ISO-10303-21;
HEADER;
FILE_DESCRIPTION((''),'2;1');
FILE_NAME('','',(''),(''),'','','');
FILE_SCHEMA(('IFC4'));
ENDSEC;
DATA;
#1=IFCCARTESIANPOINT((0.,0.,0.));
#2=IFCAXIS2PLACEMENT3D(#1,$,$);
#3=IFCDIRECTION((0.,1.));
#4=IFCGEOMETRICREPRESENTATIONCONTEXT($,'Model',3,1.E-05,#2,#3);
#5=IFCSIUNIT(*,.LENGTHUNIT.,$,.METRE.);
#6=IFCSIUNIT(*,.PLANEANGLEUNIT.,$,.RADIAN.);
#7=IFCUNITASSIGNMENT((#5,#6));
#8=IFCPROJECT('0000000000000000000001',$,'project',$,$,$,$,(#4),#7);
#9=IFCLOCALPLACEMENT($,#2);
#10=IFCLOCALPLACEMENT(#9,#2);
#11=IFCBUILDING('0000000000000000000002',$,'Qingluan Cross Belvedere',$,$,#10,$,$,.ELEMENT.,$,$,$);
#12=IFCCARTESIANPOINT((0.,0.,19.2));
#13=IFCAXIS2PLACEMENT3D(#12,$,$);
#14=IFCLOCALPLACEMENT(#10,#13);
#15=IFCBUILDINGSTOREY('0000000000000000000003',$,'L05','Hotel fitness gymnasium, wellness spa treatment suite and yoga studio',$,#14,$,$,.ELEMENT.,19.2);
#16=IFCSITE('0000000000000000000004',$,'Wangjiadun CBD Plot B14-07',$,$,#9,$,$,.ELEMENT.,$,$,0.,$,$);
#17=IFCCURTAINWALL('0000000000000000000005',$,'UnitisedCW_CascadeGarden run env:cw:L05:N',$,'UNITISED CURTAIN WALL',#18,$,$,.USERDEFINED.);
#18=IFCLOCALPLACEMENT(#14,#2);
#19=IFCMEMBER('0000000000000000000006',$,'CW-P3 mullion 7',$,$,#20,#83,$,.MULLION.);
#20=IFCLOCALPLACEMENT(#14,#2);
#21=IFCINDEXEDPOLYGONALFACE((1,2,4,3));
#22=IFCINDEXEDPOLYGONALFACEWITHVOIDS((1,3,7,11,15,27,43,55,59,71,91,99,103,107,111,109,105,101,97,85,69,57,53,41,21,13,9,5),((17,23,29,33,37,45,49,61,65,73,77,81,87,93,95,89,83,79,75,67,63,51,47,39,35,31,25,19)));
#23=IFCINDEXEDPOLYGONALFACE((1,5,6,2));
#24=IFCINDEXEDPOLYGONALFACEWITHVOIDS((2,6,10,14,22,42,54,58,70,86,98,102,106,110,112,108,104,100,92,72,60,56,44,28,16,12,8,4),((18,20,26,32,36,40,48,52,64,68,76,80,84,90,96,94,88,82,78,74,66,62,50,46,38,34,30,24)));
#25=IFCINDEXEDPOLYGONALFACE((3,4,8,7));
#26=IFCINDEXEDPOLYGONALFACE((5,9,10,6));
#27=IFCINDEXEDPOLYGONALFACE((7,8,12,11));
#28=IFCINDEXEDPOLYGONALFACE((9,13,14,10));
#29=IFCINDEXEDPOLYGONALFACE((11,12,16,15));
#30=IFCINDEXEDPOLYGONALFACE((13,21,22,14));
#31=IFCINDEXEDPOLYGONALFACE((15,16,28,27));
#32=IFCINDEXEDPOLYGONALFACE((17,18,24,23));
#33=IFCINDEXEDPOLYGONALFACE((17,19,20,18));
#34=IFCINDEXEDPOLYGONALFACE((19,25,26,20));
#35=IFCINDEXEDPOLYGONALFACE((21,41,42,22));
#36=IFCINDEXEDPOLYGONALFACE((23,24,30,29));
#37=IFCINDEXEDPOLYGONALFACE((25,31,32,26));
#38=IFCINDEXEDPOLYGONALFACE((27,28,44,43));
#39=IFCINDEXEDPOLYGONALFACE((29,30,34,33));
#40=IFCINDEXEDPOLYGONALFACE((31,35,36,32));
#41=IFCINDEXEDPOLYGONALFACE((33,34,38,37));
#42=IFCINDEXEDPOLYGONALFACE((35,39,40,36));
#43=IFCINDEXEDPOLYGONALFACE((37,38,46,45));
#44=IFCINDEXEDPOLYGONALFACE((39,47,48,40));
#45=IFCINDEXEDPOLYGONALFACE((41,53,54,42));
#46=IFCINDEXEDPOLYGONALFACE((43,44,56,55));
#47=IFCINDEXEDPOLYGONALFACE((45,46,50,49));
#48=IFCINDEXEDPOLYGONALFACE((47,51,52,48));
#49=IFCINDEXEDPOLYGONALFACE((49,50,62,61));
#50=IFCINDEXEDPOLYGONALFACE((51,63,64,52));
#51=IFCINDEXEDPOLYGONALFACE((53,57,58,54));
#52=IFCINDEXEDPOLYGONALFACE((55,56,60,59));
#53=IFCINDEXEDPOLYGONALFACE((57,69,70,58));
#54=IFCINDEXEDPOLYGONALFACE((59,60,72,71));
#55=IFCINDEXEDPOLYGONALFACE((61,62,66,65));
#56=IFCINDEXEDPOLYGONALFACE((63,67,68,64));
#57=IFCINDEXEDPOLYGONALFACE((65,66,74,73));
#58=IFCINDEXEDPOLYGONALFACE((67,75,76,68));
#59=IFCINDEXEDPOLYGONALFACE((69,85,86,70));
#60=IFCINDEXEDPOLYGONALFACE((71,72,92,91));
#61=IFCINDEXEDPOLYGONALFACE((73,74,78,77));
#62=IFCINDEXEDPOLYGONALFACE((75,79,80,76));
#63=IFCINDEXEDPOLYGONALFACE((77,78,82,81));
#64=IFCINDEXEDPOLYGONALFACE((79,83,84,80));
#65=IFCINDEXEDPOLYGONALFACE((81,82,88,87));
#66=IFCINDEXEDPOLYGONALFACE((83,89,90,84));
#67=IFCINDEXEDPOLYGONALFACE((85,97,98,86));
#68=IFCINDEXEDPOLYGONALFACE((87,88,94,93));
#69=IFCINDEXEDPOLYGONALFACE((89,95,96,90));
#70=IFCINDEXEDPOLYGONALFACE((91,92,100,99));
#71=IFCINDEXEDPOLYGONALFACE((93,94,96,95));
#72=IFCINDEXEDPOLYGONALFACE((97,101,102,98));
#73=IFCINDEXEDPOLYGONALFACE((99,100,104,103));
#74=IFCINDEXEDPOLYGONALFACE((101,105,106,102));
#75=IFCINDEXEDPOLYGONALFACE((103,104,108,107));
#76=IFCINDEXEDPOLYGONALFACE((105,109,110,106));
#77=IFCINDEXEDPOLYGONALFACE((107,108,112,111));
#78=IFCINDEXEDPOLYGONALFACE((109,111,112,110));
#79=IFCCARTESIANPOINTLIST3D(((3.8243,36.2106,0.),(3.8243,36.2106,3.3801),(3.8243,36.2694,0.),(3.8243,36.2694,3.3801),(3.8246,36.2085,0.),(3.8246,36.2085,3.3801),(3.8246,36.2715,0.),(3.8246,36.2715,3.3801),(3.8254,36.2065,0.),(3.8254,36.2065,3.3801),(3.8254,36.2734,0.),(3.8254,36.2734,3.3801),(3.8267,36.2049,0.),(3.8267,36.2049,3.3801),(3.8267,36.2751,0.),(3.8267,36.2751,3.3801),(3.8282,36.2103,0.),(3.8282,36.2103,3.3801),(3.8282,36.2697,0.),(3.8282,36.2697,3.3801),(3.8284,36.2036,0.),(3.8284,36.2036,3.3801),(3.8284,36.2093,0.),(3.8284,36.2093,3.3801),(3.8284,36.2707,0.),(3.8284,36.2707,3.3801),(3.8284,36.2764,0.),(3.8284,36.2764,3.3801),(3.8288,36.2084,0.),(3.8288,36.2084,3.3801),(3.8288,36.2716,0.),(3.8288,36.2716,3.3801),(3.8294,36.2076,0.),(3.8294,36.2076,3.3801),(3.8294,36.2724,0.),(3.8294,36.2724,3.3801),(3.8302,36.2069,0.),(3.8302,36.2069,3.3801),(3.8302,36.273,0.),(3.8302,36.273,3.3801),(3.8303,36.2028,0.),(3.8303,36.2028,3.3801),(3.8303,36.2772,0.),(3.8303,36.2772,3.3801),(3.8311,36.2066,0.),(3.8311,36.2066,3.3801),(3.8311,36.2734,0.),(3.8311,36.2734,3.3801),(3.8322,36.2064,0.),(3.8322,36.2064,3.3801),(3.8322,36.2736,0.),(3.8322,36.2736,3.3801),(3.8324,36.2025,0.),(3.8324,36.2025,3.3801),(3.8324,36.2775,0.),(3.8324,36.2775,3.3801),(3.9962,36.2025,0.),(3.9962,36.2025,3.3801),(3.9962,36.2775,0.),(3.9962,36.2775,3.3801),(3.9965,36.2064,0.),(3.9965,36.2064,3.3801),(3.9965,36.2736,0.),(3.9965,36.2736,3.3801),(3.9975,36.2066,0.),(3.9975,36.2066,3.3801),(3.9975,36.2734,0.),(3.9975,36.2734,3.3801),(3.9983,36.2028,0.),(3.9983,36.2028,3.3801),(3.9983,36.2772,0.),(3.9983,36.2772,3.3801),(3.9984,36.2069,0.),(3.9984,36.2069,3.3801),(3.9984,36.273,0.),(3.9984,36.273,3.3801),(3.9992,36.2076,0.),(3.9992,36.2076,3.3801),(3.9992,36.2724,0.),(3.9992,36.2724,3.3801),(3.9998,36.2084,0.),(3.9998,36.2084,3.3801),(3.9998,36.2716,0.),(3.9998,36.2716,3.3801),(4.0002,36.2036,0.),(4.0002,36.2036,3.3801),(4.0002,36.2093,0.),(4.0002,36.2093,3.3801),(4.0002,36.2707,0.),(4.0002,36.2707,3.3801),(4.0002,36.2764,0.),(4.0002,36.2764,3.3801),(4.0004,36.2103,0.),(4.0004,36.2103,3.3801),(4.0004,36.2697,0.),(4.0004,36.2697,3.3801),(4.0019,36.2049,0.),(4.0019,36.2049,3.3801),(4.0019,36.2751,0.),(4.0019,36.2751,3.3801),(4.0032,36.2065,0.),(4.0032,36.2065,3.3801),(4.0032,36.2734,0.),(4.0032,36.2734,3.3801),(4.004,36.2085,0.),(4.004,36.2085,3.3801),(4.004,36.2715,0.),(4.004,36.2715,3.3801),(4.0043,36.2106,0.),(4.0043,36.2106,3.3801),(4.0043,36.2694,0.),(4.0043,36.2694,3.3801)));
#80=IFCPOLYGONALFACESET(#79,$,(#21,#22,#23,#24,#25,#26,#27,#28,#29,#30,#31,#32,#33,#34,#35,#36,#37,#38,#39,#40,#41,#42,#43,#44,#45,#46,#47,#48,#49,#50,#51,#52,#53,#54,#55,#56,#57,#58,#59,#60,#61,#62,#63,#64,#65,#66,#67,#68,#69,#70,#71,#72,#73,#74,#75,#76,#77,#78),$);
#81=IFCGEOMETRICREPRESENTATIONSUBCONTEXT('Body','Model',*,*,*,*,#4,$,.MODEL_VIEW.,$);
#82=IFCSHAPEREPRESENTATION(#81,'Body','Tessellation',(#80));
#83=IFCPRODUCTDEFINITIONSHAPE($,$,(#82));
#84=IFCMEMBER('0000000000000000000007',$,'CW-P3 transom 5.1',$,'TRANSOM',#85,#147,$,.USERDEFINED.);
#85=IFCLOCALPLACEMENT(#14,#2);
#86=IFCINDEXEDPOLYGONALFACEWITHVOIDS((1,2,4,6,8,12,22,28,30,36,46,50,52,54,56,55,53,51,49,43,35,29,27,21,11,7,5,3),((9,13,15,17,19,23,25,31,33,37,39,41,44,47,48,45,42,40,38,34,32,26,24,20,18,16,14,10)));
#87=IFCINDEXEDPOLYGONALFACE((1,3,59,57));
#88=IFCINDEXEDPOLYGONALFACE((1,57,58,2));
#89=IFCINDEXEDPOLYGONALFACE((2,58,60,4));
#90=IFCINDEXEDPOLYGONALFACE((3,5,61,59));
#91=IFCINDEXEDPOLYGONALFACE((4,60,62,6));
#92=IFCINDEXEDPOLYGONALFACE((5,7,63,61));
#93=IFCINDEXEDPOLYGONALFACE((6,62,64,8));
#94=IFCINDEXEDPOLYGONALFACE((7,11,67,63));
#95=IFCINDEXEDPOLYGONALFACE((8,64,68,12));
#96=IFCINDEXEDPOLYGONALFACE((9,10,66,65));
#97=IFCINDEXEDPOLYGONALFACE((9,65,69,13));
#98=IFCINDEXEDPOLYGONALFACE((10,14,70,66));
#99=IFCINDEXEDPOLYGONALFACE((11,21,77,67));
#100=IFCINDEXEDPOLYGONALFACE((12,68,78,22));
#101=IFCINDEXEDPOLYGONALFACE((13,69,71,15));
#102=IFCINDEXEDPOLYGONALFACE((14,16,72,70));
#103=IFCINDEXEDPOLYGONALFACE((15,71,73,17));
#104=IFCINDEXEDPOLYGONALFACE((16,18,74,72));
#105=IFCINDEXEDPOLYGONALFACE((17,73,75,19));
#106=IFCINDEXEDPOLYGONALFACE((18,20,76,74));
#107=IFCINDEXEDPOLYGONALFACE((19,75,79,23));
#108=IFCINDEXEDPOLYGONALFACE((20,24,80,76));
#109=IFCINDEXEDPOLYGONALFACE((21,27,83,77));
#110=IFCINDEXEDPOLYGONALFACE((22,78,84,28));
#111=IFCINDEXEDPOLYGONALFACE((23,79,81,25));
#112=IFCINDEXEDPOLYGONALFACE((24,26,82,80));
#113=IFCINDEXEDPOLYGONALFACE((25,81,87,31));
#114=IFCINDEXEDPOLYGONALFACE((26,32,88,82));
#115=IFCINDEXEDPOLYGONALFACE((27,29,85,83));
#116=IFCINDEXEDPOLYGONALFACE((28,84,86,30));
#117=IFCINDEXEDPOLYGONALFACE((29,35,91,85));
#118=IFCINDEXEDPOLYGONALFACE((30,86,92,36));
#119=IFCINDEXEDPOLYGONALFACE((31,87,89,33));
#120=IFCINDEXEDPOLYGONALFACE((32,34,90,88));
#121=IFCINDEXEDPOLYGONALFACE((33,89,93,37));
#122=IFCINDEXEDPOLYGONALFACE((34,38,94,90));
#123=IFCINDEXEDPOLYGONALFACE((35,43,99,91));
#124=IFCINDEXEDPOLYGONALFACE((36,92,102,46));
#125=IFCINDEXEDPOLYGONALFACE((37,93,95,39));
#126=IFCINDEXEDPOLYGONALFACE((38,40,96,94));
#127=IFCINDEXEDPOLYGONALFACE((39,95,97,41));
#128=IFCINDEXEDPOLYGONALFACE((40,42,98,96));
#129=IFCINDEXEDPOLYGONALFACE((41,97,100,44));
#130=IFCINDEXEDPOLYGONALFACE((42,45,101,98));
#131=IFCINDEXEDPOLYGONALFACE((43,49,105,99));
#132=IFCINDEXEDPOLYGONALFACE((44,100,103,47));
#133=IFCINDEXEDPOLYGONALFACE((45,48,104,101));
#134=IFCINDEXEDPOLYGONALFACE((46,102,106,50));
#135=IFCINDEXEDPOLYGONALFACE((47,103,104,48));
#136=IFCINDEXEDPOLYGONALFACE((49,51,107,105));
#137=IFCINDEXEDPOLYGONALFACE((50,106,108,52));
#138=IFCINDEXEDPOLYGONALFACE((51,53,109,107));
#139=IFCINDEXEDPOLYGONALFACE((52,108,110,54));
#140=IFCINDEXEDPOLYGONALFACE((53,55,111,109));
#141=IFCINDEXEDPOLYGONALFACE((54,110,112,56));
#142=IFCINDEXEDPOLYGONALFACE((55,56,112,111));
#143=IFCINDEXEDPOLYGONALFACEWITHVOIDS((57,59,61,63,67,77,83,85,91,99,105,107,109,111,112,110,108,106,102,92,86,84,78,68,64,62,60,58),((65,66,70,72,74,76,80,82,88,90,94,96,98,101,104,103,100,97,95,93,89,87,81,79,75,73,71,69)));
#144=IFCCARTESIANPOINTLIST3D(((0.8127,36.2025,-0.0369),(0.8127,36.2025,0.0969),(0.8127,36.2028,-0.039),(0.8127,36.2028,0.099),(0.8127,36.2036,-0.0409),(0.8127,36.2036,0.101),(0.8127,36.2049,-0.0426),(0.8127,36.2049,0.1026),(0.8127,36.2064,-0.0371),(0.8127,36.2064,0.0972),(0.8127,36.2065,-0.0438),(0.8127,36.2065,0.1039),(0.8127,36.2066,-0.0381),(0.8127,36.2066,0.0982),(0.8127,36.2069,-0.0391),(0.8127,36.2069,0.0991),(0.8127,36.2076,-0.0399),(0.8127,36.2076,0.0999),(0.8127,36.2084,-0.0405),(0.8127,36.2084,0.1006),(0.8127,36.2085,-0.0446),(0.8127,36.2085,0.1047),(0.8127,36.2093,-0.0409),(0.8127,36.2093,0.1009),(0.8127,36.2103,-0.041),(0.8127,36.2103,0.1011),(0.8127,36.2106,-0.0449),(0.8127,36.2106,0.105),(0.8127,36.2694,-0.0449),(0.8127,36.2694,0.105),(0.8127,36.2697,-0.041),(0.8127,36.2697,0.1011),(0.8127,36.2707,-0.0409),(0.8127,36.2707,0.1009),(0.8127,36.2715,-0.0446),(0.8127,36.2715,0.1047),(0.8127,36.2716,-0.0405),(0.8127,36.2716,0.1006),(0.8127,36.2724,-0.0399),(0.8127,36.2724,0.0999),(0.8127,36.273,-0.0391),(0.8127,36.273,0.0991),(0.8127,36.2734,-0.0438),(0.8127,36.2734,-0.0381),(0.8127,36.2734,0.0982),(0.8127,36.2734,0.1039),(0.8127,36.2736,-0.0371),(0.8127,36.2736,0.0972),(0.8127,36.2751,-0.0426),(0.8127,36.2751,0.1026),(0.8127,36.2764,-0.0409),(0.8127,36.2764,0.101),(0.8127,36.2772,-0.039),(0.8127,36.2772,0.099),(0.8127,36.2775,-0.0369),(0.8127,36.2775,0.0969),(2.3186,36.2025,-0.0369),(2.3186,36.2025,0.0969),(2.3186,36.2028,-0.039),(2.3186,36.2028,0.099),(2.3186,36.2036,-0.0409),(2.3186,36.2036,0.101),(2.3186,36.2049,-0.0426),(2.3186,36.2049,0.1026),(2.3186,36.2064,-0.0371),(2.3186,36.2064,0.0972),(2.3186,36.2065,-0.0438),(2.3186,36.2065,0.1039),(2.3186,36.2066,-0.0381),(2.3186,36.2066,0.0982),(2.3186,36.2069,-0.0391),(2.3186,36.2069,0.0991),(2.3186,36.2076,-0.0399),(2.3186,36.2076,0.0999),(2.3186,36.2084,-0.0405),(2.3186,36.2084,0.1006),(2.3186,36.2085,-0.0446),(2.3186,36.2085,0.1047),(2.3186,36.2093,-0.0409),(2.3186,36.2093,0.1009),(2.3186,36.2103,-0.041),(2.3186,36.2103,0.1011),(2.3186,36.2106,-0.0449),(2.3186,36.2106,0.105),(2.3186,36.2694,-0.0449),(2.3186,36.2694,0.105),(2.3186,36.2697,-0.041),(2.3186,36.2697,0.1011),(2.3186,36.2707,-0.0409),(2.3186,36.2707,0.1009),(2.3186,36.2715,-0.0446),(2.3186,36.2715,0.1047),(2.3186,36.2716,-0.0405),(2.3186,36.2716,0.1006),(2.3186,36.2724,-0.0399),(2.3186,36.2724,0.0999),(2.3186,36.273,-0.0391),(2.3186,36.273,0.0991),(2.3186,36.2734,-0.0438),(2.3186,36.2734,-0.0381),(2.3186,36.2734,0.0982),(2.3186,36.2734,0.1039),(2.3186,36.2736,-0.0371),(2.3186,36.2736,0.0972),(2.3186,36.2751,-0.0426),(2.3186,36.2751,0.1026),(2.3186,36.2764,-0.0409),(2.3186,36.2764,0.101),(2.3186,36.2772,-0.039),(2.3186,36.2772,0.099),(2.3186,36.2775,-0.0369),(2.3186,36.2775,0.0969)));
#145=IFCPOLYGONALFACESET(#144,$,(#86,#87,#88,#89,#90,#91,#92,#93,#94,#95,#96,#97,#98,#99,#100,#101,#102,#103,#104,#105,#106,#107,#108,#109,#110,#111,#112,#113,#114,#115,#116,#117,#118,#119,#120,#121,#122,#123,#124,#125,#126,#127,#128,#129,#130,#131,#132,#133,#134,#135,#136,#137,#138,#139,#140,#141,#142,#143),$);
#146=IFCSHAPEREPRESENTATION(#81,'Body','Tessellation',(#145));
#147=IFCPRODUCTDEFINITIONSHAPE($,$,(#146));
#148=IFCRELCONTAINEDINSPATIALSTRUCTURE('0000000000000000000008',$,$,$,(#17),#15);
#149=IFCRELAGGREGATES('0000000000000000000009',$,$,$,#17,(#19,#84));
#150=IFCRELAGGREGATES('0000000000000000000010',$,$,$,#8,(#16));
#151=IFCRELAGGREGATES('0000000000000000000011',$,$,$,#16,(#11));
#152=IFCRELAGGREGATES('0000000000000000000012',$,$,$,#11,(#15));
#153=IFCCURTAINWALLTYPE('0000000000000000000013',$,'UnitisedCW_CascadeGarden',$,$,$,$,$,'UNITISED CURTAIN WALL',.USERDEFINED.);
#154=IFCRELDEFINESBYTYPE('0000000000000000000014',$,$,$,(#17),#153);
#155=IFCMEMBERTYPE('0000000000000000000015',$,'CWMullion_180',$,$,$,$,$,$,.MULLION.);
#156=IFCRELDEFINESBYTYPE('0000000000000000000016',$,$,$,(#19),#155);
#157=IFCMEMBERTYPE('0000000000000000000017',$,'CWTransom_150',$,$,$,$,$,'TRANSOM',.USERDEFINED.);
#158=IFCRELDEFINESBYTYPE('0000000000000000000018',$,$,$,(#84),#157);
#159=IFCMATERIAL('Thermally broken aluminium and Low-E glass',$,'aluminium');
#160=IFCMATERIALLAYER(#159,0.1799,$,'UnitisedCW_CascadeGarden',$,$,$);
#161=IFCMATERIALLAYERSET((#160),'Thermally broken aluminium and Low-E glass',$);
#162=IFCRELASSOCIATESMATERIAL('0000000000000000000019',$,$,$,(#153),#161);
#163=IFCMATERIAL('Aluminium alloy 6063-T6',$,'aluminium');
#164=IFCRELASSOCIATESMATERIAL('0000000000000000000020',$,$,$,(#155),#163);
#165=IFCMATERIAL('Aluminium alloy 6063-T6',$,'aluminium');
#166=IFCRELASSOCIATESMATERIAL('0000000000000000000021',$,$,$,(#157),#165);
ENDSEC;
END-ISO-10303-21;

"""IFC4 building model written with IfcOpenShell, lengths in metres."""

from ifc_helpers import new_model, si_unit, direction, frame, origin, origin_2d, place, context, subcontext, project, spatial, hollow_rectangle, extrude, material, layer, layer_set, material_profile, profile_set, type_object, element, aggregate, save


model = new_model("IFC4")

# Units and contexts
model_context = context("Model", 3, precision=1e-05, world=origin(), true_north=direction((0.0, 1.0)))
body_context = subcontext(model_context, "Body", "Model", "MODEL_VIEW")
ifc_project = project(units=[si_unit("LENGTHUNIT", "METRE"), si_unit("PLANEANGLEUNIT", "RADIAN")], contexts=[model_context])

# Site, building, storey
site_placement = place(None, origin())
site = spatial("IfcSite", under=ifc_project, at=site_placement, Name="Wangjiadun CBD Plot B14-07", CompositionType="ELEMENT", RefElevation=0.0)
building_placement = place(site_placement, origin())
building = spatial("IfcBuilding", under=site, at=building_placement, Name="Qingluan Cross Belvedere", CompositionType="ELEMENT")
storey_placement = place(building_placement, frame((0.0, 0.0, 19.2)))
storey = spatial("IfcBuildingStorey", under=building, at=storey_placement, Name="L05", Description="Hotel fitness gymnasium, wellness spa treatment suite and yoga studio", CompositionType="ELEMENT", Elevation=19.2)

# Curtain wall, members
ifc_material_1 = material(Name="Thermally broken aluminium and Low-E glass", Category="aluminium")
ifc_layer_1 = layer(ifc_material_1, 0.1799, Name="UnitisedCW_CascadeGarden")
ifc_layer_set_1 = layer_set([ifc_layer_1], Name="Thermally broken aluminium and Low-E glass")
curtain_wall_type = type_object("IfcCurtainWallType", Name="UnitisedCW_CascadeGarden", ElementType="UNITISED CURTAIN WALL", PredefinedType="USERDEFINED", material=ifc_layer_set_1)
curtain_wall_placement = place(storey_placement, origin())
curtain_wall = element("IfcCurtainWall", 1, at=curtain_wall_placement, inside=storey, type_object=curtain_wall_type, Name="UnitisedCW_CascadeGarden run env:cw:L05:N", ObjectType="UNITISED CURTAIN WALL", PredefinedType="USERDEFINED")
ifc_material_2 = material(Name="Aluminium alloy 6063-T6", Category="aluminium")
ifc_material_profile_1 = material_profile(ifc_material_2, hollow_rectangle(XDim=0.075, YDim=0.1799, WallThickness=0.0039, InnerFilletRadius=0.0039, OuterFilletRadius=0.0081, at=origin_2d()), Name="CWM180x75x4")
ifc_profile_set_1 = profile_set([ifc_material_profile_1], Name="Aluminium alloy 6063-T6")
member_type_1 = type_object("IfcMemberType", Name="CWMullion_180", PredefinedType="MULLION", material=ifc_profile_set_1)
member_1_placement = place(storey_placement, frame((3.9143, 36.24, 0.0), z_axis=(0.0, 0.0, 1.0), x_axis=(0.0, 1.0, 0.0)))
member_1 = element("IfcMember", 2, at=member_1_placement, type_object=member_type_1, Name="CW-P3 mullion 7", PredefinedType="MULLION", context=body_context, shape_type="SweptSolid", body=[
    extrude(hollow_rectangle(XDim=0.075, YDim=0.1799, WallThickness=0.0039, InnerFilletRadius=0.0039, OuterFilletRadius=0.0081, at=origin_2d()), origin(), (0.0, 0.0, 1.0), 3.3801),
])
ifc_material_3 = material(Name="Aluminium alloy 6063-T6", Category="aluminium")
ifc_material_profile_2 = material_profile(ifc_material_3, hollow_rectangle(XDim=0.075, YDim=0.1499, WallThickness=0.0039, InnerFilletRadius=0.0039, OuterFilletRadius=0.0081, at=origin_2d()), Name="CWT150x75x4")
ifc_profile_set_2 = profile_set([ifc_material_profile_2], Name="Aluminium alloy 6063-T6")
member_type_2 = type_object("IfcMemberType", Name="CWTransom_150", ElementType="TRANSOM", PredefinedType="USERDEFINED", material=ifc_profile_set_2)
member_2_placement = place(storey_placement, frame((0.8127, 36.24, 0.03), z_axis=(1.0, 0.0, 0.0), x_axis=(0.0, 1.0, 0.0)))
member_2 = element("IfcMember", 3, at=member_2_placement, type_object=member_type_2, Name="CW-P3 transom 5.1", ObjectType="TRANSOM", PredefinedType="USERDEFINED", context=body_context, shape_type="SweptSolid", body=[
    extrude(hollow_rectangle(XDim=0.075, YDim=0.1499, WallThickness=0.0039, InnerFilletRadius=0.0039, OuterFilletRadius=0.0081, at=origin_2d()), origin(), (0.0, 0.0, 1.0), 1.5059),
])

aggregate(curtain_wall, [member_1, member_2])

save(model, "model.ifc")
